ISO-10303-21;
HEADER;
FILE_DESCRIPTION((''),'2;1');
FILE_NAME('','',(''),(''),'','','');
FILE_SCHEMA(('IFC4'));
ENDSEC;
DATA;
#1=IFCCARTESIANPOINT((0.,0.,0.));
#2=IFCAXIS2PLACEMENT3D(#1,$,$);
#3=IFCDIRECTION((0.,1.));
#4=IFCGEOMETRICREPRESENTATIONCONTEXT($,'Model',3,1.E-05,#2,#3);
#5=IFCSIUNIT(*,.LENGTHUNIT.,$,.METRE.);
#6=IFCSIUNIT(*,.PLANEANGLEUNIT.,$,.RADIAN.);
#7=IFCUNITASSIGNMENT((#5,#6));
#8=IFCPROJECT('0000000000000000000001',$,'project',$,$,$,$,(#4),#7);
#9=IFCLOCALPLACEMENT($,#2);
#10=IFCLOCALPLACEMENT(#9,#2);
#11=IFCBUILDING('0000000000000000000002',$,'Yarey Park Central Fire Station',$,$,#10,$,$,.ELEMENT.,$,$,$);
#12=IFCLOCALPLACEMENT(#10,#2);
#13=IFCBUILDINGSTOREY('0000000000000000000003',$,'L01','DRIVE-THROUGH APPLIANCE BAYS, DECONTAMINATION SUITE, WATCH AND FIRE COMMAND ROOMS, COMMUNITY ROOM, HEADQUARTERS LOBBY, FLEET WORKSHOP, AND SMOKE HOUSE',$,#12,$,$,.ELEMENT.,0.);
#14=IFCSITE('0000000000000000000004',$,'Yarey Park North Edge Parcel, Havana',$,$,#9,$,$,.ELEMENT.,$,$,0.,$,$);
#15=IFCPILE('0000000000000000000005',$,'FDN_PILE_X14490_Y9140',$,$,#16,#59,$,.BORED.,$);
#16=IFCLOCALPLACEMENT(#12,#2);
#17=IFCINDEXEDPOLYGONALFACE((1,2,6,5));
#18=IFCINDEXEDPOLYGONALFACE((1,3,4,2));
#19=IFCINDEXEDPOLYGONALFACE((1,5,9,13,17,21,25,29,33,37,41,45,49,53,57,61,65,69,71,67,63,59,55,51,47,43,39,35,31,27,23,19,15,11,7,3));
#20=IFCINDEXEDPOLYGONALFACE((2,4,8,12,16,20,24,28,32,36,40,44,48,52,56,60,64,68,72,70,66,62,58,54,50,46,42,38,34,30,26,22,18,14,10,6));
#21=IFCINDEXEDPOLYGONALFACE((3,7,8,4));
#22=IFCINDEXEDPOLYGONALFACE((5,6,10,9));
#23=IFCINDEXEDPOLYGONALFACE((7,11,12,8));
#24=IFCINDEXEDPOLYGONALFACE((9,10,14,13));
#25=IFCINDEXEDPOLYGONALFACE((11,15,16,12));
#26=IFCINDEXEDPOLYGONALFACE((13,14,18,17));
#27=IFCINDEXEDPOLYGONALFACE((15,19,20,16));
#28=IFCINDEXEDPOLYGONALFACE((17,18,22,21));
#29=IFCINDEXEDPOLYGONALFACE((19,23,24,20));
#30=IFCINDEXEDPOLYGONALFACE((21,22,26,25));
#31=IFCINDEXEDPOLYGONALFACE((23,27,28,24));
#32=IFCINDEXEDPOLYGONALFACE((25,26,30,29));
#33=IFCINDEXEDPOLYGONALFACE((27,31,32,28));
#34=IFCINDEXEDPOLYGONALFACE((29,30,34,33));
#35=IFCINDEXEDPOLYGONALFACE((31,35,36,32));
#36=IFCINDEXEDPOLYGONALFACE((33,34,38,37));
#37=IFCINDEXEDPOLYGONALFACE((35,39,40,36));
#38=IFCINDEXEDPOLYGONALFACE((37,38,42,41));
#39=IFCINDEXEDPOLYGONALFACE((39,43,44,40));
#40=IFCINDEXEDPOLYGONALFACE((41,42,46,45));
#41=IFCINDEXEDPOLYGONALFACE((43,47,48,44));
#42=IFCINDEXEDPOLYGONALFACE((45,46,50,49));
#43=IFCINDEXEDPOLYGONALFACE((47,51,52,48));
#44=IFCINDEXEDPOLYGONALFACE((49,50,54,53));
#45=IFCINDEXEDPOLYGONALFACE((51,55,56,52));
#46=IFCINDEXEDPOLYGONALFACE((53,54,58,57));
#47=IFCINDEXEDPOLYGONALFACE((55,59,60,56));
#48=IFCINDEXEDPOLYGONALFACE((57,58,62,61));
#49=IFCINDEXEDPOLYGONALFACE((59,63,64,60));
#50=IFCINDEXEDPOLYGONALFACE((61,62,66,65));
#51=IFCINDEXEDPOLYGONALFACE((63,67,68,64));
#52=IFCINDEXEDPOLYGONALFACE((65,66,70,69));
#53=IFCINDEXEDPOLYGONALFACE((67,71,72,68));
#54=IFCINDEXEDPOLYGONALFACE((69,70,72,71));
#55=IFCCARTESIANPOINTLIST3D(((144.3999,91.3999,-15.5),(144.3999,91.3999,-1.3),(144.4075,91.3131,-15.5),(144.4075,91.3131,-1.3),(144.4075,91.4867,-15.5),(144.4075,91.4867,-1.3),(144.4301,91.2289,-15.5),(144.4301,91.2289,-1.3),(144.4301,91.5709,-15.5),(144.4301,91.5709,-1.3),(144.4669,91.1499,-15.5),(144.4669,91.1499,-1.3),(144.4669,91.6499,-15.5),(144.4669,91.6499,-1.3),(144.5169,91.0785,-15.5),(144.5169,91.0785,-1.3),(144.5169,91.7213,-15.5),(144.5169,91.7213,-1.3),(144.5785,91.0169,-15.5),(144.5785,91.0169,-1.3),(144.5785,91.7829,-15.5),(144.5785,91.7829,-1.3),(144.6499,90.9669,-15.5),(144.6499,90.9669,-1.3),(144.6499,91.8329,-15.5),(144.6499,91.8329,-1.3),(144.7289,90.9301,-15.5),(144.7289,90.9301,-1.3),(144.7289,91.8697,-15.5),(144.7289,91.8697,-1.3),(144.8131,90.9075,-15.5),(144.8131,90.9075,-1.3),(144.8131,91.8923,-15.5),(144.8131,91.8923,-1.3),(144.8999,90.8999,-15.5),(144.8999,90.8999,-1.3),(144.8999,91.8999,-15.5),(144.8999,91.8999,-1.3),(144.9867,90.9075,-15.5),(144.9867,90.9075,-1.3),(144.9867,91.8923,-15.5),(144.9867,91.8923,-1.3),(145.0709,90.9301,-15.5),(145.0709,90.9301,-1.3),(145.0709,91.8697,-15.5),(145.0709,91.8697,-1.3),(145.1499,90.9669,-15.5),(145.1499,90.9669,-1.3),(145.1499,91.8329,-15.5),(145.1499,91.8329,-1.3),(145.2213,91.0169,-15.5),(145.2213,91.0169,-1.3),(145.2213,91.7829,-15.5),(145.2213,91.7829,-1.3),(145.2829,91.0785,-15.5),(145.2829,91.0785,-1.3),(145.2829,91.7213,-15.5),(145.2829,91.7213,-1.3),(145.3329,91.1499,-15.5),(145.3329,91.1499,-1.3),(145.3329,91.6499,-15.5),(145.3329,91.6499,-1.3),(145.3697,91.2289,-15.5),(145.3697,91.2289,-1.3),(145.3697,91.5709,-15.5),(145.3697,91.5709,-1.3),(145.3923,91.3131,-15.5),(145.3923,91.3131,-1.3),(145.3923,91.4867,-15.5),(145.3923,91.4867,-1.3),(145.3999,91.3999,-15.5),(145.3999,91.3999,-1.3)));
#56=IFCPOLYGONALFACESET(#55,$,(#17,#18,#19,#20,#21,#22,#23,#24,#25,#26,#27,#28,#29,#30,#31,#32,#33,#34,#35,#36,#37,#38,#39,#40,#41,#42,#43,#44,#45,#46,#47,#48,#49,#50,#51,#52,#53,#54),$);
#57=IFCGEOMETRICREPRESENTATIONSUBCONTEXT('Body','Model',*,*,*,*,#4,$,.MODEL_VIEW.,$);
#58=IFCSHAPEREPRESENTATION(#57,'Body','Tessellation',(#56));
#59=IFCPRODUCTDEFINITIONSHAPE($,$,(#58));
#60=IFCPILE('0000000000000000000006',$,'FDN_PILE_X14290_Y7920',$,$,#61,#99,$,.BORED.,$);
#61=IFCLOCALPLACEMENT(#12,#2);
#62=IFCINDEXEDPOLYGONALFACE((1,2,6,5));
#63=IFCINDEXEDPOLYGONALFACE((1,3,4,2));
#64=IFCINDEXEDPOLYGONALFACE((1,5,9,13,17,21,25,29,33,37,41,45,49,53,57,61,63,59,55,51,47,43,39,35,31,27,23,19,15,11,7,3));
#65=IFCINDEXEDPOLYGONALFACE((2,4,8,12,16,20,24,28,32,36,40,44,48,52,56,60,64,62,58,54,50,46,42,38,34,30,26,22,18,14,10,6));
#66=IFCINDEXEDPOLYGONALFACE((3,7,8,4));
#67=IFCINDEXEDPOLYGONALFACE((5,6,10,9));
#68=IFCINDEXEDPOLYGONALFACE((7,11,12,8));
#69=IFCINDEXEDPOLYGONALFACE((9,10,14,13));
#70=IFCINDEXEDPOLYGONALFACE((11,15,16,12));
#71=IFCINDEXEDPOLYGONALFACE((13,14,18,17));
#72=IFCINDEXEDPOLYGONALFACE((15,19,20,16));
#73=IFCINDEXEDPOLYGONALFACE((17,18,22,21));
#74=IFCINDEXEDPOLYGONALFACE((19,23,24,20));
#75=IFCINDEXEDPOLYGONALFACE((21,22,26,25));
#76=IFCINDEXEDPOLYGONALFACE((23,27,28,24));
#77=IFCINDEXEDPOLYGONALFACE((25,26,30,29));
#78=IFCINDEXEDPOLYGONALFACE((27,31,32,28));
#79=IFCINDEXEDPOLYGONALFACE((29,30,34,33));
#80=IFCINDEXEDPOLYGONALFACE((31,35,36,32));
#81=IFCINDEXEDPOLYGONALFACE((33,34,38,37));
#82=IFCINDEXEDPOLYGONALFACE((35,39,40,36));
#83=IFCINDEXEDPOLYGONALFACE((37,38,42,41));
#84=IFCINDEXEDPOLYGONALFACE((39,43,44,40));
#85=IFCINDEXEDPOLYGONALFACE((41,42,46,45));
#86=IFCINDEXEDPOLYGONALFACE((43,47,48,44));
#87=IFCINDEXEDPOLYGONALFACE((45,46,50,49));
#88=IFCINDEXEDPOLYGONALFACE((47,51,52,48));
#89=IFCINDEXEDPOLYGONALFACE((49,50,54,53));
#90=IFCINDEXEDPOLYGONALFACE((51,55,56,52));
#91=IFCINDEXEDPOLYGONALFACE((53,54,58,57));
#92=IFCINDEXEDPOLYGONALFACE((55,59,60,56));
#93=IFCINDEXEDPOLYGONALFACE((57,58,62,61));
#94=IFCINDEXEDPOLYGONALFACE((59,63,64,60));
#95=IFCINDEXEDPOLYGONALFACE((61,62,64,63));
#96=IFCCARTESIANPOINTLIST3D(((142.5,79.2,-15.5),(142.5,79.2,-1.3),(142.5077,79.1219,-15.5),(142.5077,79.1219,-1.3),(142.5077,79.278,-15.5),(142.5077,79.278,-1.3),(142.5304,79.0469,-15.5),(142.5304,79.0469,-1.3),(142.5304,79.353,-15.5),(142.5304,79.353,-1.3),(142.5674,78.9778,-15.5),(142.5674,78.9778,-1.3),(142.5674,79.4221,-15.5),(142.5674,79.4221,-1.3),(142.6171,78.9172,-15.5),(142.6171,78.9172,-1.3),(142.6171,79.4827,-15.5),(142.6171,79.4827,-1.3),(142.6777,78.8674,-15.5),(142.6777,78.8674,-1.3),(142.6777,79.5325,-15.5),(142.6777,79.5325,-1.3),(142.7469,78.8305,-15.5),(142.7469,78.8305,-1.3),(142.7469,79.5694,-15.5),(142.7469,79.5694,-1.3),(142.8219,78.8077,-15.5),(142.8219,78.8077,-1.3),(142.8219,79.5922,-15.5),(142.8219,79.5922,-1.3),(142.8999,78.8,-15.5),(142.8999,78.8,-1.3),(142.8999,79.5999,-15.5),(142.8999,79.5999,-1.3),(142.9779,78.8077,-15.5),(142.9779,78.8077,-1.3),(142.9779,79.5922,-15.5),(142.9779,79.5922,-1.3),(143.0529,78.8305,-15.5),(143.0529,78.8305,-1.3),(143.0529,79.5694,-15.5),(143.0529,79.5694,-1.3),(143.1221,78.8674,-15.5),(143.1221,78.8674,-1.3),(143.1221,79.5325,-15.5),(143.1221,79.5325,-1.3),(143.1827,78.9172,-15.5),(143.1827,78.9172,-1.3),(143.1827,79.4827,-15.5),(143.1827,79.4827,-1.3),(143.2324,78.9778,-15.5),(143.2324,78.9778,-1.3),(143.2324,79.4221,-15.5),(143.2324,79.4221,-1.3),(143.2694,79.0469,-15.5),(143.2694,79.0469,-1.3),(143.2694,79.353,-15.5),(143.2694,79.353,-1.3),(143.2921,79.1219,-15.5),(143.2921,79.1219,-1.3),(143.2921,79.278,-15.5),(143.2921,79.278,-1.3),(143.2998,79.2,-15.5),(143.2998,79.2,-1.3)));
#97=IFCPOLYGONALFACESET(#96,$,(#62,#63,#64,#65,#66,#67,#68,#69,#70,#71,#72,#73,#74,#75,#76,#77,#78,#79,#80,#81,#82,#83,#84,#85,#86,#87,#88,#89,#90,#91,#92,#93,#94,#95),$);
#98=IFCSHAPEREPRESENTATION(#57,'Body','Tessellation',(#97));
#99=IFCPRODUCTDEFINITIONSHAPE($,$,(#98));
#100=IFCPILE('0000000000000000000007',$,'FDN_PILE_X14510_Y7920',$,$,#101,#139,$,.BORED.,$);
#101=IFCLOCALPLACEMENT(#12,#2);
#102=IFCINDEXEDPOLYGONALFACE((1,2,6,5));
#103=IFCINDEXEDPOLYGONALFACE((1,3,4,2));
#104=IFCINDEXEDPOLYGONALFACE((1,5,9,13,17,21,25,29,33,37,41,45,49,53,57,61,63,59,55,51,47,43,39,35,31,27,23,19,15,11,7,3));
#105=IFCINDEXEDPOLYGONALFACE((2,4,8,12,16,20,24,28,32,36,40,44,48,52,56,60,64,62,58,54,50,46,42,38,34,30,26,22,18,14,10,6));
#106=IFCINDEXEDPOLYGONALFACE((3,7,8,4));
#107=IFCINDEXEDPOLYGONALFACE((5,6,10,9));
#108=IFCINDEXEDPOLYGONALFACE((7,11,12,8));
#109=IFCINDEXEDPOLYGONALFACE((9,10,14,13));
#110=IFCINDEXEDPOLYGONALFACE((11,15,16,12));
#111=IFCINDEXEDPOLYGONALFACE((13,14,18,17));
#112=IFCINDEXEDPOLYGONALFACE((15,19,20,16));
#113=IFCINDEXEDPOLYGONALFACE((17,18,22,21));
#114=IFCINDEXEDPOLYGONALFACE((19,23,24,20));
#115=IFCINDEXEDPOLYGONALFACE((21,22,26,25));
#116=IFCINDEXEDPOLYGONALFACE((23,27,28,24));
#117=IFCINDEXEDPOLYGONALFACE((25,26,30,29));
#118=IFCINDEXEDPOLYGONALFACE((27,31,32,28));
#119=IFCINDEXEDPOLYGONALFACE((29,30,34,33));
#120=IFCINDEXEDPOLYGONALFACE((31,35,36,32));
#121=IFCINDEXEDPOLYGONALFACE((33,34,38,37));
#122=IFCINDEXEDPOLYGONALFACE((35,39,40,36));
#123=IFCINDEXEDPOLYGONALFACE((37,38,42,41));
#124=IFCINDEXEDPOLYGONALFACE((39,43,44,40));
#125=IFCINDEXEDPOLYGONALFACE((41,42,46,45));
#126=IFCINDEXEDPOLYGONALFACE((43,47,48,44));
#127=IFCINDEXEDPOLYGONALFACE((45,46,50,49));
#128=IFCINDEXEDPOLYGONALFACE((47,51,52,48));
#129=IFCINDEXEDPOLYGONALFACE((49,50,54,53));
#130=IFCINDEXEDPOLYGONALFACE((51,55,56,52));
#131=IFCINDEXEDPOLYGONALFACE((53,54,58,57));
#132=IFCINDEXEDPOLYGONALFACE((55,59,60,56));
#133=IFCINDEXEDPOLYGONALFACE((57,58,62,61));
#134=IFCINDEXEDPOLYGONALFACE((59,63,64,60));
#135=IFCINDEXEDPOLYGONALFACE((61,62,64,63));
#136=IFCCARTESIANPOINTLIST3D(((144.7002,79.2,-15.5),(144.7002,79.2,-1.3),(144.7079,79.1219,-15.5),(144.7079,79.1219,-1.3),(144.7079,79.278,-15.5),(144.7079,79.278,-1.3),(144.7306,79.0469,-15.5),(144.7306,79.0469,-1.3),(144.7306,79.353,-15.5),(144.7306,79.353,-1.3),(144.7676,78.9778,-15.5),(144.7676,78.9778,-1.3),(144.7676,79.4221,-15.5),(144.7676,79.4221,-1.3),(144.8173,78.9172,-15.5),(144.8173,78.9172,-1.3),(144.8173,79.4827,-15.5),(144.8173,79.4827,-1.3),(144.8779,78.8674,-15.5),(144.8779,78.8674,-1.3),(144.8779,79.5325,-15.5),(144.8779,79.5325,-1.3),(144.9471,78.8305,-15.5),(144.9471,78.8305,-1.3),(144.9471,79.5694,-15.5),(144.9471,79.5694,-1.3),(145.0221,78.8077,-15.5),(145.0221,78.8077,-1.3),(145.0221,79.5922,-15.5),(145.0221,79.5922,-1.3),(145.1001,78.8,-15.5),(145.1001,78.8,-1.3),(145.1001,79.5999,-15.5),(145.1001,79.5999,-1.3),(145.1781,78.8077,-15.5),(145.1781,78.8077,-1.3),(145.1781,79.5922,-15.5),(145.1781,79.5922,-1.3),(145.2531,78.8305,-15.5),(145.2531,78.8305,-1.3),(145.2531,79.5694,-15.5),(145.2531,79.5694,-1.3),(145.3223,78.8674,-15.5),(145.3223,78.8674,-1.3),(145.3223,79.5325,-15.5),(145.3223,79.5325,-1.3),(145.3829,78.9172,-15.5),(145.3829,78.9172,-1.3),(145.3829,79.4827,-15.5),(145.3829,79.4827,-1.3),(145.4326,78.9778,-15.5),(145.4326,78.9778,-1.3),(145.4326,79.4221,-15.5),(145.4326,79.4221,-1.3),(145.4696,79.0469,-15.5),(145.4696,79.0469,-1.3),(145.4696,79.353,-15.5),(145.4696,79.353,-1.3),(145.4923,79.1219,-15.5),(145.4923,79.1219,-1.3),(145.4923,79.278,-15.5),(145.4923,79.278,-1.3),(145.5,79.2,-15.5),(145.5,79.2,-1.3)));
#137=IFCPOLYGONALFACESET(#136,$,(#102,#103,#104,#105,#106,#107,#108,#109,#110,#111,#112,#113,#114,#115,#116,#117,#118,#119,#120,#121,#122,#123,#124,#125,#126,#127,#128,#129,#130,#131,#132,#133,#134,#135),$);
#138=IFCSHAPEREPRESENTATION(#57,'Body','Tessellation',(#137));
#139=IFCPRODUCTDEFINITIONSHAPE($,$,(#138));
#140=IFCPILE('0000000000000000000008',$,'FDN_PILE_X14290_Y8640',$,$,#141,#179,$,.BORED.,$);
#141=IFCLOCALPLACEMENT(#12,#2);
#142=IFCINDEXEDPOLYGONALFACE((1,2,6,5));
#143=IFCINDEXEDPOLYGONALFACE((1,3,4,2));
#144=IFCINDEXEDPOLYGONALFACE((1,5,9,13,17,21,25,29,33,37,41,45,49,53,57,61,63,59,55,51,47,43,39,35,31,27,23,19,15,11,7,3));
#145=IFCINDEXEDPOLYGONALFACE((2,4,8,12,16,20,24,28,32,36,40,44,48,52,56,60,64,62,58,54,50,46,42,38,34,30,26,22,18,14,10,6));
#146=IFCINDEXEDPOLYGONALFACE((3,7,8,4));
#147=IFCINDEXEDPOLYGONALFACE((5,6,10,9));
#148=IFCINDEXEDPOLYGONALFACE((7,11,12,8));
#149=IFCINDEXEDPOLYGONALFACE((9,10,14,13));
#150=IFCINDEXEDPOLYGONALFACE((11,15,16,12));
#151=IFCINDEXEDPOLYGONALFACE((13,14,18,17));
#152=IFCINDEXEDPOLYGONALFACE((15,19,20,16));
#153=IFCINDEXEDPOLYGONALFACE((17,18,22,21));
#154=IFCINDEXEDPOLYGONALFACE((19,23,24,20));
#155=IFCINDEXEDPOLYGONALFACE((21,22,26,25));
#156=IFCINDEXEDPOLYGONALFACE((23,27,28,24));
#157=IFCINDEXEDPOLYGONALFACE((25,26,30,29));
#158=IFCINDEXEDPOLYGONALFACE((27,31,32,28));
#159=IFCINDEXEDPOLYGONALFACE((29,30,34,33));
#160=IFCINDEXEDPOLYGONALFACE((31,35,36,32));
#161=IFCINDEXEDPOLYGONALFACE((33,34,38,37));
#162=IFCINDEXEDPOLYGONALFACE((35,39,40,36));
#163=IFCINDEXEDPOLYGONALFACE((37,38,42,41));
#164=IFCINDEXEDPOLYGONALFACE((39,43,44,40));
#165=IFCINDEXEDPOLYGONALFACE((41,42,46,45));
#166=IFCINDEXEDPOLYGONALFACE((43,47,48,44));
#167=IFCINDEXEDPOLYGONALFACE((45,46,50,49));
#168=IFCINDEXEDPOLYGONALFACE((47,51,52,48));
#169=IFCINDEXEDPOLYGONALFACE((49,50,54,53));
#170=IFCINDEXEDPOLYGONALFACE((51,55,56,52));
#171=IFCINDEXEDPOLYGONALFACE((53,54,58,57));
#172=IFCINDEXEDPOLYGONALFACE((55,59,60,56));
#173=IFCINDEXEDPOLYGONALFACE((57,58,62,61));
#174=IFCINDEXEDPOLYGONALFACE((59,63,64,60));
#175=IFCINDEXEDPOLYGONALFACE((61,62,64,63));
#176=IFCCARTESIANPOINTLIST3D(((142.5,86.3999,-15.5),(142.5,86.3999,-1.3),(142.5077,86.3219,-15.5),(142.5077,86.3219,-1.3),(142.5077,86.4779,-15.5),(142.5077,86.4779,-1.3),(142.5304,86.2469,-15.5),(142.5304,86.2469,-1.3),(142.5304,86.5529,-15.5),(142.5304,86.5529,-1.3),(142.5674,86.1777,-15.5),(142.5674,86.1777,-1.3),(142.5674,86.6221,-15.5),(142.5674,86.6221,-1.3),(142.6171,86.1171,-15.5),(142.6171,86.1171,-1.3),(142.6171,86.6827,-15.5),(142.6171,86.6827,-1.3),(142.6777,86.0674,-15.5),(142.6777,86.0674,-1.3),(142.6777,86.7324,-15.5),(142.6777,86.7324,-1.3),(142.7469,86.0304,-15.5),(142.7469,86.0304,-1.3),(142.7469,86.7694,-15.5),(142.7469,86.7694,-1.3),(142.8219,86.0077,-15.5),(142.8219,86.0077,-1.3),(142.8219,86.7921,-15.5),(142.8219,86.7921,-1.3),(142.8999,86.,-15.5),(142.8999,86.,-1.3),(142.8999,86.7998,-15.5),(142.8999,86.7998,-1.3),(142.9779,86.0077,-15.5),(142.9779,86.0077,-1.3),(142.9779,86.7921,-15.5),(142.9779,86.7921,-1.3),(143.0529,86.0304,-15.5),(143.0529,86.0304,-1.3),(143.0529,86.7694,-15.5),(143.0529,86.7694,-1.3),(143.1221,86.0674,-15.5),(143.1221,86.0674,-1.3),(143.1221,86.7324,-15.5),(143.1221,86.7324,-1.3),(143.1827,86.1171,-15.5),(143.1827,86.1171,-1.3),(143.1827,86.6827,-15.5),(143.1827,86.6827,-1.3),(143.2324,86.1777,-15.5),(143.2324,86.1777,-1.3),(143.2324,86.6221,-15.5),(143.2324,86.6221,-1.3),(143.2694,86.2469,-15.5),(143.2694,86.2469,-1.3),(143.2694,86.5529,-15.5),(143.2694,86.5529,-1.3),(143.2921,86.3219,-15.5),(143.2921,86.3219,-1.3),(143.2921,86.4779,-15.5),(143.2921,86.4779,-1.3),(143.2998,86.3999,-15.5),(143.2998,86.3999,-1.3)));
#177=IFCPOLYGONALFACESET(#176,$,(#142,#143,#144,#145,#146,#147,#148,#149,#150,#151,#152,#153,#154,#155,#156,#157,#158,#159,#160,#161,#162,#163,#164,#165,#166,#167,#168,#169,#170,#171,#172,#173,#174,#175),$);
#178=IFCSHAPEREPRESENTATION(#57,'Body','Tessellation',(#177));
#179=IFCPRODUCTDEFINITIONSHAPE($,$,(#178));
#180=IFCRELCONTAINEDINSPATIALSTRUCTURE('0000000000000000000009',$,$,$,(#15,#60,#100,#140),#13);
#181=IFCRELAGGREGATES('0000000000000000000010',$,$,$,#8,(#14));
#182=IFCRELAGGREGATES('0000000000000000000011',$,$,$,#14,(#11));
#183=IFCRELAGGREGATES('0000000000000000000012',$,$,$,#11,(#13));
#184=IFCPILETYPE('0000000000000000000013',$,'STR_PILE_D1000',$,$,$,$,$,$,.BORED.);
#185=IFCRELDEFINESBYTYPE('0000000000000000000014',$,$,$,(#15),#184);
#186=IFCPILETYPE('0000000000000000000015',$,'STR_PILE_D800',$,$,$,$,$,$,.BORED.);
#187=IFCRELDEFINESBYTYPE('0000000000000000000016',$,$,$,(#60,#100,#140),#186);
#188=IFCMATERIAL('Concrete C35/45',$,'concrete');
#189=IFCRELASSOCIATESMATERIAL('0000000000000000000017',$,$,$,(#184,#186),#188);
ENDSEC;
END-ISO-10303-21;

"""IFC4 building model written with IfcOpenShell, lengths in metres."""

from ifc_helpers import new_model, si_unit, direction, frame, origin, origin_2d, place, context, subcontext, project, spatial, circle, extrude, material, material_profile, profile_set, type_object, element, save


model = new_model("IFC4")

# Units and contexts
model_context = context("Model", 3, precision=1e-05, world=origin(), true_north=direction((0.0, 1.0)))
body_context = subcontext(model_context, "Body", "Model", "MODEL_VIEW")
ifc_project = project(units=[si_unit("LENGTHUNIT", "METRE"), si_unit("PLANEANGLEUNIT", "RADIAN")], contexts=[model_context])

# Site, building, storey
site_placement = place(None, origin())
site = spatial("IfcSite", under=ifc_project, at=site_placement, Name="Yarey Park North Edge Parcel, Havana", CompositionType="ELEMENT", RefElevation=0.0)
building_placement = place(site_placement, origin())
building = spatial("IfcBuilding", under=site, at=building_placement, Name="Yarey Park Central Fire Station", CompositionType="ELEMENT")
storey_placement = place(building_placement, origin())
storey = spatial("IfcBuildingStorey", under=building, at=storey_placement, Name="L01", Description="DRIVE-THROUGH APPLIANCE BAYS, DECONTAMINATION SUITE, WATCH AND FIRE COMMAND ROOMS, COMMUNITY ROOM, HEADQUARTERS LOBBY, FLEET WORKSHOP, AND SMOKE HOUSE", CompositionType="ELEMENT", Elevation=0.0)

# Shared definitions
ifc_material_1 = material(Name="Concrete C35/45", Category="concrete")

# Piles
ifc_material_profile_1 = material_profile(ifc_material_1, circle(Radius=0.5, at=origin_2d()), Name="BORED PILE D1000")
ifc_profile_set_1 = profile_set([ifc_material_profile_1], Name="Concrete C35/45")
pile_type_1 = type_object("IfcPileType", Name="STR_PILE_D1000", PredefinedType="BORED", material=ifc_profile_set_1)
for number, where, z_axis, x_axis, name in (
    (1, (144.8999, 91.3999, -1.3), (0.0, 0.0, -1.0), (1.0, 0.0, 0.0), "FDN_PILE_X14490_Y9140"),
):
    element("IfcPile", number, at=place(storey_placement, frame(where, z_axis=z_axis, x_axis=x_axis)), inside=storey, type_object=pile_type_1, Name=name, PredefinedType="BORED", context=body_context, shape_type="SweptSolid", body=[
        extrude(circle(Radius=0.5, at=origin_2d()), origin(), (0.0, 0.0, 1.0), 14.2),
    ])
ifc_material_profile_2 = material_profile(ifc_material_1, circle(Radius=0.3999, at=origin_2d()), Name="BORED PILE D800")
ifc_profile_set_2 = profile_set([ifc_material_profile_2], Name="Concrete C35/45")
pile_type_2 = type_object("IfcPileType", Name="STR_PILE_D800", PredefinedType="BORED", material=ifc_profile_set_2)
for number, where, z_axis, x_axis, name in (
    (2, (142.8999, 79.2, -1.3), (0.0, 0.0, -1.0), (1.0, 0.0, 0.0), "FDN_PILE_X14290_Y7920"),
    (3, (145.1001, 79.2, -1.3), (0.0, 0.0, -1.0), (1.0, 0.0, 0.0), "FDN_PILE_X14510_Y7920"),
    (4, (142.8999, 86.3999, -1.3), (0.0, 0.0, -1.0), (1.0, 0.0, 0.0), "FDN_PILE_X14290_Y8640"),
):
    element("IfcPile", number, at=place(storey_placement, frame(where, z_axis=z_axis, x_axis=x_axis)), inside=storey, type_object=pile_type_2, Name=name, PredefinedType="BORED", context=body_context, shape_type="SweptSolid", body=[
        extrude(circle(Radius=0.3999, at=origin_2d()), origin(), (0.0, 0.0, 1.0), 14.2),
    ])

save(model, "model.ifc")
